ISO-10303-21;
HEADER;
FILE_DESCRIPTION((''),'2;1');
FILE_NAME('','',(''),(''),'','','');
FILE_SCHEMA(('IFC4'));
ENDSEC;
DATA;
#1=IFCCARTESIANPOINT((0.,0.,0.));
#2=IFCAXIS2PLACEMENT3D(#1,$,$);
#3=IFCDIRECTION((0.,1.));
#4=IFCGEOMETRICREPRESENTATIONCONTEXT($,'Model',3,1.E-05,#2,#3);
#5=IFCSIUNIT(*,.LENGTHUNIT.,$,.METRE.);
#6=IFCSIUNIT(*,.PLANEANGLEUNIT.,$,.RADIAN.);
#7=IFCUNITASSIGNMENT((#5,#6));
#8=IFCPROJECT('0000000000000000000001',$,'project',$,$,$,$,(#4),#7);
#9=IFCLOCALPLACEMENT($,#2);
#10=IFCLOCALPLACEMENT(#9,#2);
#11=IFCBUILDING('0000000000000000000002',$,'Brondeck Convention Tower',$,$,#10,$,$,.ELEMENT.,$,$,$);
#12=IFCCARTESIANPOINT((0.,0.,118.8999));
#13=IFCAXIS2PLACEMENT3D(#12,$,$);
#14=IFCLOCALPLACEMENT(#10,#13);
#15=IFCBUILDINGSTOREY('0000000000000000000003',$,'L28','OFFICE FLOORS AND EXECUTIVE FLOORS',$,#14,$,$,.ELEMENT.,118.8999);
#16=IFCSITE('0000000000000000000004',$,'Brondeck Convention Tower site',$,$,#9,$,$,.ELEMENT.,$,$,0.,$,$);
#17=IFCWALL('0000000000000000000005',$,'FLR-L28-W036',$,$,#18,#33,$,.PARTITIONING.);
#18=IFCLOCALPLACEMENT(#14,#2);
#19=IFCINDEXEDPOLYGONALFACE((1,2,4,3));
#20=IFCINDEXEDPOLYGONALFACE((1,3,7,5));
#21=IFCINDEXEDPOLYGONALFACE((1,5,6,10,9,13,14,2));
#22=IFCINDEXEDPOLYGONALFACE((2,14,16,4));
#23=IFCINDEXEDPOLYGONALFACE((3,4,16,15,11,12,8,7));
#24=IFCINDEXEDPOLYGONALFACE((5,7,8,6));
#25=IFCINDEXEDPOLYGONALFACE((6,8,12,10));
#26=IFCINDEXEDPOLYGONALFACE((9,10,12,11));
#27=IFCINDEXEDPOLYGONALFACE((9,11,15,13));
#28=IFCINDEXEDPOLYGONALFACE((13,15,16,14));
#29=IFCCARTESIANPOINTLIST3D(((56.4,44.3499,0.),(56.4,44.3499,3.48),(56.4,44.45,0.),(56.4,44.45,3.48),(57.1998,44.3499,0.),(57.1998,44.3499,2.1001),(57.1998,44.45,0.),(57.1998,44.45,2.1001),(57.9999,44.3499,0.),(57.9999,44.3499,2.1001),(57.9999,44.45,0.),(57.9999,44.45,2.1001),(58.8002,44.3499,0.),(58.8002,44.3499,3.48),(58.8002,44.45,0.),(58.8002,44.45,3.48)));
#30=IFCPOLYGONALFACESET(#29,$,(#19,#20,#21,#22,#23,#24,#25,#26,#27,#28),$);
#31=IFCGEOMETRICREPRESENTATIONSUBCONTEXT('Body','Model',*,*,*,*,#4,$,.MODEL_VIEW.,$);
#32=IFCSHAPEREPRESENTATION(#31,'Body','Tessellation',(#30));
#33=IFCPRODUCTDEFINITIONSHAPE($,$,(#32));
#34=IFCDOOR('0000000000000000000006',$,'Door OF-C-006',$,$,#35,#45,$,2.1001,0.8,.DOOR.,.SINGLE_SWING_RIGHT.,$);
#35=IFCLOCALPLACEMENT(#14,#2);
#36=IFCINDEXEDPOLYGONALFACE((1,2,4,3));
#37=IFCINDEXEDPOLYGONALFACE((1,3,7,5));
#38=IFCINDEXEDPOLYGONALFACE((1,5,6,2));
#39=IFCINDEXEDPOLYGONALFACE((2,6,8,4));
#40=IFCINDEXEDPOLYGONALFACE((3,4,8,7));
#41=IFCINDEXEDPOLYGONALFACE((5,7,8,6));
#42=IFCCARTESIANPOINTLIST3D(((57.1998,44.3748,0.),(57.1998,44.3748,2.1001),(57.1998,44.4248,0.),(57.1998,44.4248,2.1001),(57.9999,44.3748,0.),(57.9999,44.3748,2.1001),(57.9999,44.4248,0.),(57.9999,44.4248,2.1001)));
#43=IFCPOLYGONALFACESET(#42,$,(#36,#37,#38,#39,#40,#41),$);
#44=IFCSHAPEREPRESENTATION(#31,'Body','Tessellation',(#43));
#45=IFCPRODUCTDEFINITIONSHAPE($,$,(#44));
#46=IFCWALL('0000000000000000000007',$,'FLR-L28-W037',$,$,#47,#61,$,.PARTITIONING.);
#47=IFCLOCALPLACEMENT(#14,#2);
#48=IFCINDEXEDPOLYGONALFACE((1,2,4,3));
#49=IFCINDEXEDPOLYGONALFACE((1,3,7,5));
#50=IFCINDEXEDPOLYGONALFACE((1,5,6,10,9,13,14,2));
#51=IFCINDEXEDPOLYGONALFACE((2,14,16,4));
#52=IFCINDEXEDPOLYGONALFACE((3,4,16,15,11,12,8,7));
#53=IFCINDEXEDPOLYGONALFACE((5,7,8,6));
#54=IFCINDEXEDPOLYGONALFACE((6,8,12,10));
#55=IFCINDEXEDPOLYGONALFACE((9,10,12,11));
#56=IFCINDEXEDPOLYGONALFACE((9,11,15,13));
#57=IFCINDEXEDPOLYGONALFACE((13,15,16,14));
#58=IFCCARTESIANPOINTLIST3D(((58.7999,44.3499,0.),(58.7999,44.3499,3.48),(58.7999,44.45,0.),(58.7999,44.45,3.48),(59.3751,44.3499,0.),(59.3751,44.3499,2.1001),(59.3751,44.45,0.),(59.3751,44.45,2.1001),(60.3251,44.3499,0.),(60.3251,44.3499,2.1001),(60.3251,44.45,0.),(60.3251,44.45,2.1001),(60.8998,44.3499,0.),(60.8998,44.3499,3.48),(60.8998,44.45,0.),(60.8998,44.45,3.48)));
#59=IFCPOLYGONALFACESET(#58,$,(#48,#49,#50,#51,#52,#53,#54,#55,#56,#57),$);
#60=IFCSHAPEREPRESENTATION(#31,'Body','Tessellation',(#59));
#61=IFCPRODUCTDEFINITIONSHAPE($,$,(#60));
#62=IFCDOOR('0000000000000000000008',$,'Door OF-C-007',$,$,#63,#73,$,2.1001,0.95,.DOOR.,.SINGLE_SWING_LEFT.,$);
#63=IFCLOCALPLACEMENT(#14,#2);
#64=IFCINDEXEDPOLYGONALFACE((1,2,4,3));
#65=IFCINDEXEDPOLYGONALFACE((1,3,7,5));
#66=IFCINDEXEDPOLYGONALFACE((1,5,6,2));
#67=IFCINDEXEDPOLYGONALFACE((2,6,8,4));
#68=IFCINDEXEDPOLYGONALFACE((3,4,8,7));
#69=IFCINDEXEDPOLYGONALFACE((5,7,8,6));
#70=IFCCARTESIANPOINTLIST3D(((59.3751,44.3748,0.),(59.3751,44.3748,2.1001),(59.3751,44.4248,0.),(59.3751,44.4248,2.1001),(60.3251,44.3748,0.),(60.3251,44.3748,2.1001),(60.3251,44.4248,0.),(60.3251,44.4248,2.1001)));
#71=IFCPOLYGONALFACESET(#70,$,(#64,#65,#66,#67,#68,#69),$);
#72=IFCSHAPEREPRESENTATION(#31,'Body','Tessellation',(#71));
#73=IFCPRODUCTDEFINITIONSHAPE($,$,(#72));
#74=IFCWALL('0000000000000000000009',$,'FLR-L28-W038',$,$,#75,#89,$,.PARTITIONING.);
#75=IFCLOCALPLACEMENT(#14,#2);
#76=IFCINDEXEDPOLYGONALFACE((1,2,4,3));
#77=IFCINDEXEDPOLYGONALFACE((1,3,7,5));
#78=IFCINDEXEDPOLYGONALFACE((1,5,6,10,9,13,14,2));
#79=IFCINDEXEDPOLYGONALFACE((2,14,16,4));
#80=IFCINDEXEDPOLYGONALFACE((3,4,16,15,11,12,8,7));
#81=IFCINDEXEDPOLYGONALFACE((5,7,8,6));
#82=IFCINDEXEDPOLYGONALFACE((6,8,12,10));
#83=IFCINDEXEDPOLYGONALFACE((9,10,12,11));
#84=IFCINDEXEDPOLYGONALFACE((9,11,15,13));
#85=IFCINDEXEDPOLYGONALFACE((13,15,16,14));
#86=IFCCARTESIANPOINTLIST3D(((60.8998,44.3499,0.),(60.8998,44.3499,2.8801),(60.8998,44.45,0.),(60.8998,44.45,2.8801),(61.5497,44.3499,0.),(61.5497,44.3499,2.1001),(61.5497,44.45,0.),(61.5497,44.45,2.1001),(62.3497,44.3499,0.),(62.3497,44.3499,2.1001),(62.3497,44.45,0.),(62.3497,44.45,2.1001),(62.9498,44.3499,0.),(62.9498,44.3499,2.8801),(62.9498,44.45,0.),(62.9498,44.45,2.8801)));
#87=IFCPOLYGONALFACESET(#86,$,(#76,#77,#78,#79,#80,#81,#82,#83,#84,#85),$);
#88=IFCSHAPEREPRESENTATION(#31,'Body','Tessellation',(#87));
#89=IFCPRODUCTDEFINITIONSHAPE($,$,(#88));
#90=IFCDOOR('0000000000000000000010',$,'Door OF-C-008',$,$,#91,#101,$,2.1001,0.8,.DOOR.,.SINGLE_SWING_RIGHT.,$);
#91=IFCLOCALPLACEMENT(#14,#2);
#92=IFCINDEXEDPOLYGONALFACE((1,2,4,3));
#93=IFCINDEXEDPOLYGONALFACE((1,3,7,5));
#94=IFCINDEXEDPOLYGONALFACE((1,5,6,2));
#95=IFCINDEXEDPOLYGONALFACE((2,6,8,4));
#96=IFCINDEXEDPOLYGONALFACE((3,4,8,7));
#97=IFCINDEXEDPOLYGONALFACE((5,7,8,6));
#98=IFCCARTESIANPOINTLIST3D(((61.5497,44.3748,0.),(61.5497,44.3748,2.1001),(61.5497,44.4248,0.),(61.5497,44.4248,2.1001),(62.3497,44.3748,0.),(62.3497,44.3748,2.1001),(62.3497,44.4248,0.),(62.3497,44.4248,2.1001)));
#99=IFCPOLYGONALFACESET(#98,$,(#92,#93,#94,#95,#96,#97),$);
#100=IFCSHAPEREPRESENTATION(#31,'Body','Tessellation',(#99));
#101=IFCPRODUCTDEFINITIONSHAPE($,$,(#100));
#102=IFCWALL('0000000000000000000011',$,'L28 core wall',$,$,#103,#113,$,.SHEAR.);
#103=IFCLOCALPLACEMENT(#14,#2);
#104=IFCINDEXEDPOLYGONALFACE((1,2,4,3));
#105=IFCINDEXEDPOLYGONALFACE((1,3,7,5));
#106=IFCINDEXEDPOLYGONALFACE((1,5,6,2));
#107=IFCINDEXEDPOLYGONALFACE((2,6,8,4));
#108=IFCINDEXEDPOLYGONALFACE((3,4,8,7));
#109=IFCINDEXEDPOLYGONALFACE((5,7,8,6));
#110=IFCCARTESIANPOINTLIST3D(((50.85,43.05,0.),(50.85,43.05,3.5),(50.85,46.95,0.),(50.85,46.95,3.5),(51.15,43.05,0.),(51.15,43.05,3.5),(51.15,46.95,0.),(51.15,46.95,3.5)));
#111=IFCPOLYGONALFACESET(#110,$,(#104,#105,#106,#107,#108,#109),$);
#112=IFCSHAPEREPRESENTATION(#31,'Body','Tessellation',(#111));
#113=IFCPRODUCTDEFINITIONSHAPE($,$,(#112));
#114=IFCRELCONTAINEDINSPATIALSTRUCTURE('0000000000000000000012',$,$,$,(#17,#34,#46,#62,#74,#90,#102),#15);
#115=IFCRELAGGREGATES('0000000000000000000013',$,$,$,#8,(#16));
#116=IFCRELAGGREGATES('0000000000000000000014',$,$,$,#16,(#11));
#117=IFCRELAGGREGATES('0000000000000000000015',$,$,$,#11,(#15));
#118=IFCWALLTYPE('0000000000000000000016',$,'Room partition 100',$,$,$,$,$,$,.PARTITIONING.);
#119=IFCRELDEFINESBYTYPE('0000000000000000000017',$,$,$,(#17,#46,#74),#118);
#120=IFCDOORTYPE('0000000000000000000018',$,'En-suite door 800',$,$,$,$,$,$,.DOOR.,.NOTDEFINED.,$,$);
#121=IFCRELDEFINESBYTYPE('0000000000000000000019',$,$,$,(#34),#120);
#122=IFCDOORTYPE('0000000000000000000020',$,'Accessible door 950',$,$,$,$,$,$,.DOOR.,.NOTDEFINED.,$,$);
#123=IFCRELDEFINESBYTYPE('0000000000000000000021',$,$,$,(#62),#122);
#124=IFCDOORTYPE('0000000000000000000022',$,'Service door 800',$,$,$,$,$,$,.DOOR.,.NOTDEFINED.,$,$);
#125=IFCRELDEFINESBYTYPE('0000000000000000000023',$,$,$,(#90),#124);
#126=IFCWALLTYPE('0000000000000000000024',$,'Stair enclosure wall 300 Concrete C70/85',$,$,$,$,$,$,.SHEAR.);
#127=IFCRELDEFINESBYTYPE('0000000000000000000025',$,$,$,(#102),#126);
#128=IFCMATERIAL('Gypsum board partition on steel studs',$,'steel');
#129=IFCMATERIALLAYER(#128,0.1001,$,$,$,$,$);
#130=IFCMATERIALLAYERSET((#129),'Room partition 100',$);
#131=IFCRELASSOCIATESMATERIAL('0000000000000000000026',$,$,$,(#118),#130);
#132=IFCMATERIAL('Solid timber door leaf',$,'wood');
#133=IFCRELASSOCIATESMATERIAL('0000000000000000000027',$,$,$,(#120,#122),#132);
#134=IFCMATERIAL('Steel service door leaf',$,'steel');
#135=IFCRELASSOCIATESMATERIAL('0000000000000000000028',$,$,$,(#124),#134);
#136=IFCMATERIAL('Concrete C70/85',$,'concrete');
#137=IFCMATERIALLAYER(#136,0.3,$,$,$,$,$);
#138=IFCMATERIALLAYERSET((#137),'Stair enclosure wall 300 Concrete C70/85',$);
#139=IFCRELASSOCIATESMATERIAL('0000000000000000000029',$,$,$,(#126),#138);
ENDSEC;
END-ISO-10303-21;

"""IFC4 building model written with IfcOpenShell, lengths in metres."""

from ifc_helpers import new_model, si_unit, direction, frame, frame_2d, origin, place, context, subcontext, project, spatial, rectangle, extrude, material, layer, layer_set, type_object, element, fill, save


model = new_model("IFC4")

# Units and contexts
model_context = context("Model", 3, precision=1e-05, world=origin(), true_north=direction((0.0, 1.0)))
body_context = subcontext(model_context, "Body", "Model", "MODEL_VIEW")
ifc_project = project(units=[si_unit("LENGTHUNIT", "METRE"), si_unit("PLANEANGLEUNIT", "RADIAN")], contexts=[model_context])

# Site, building, storey
site_placement = place(None, origin())
site = spatial("IfcSite", under=ifc_project, at=site_placement, Name="Brondeck Convention Tower site", CompositionType="ELEMENT", RefElevation=0.0)
building_placement = place(site_placement, origin())
building = spatial("IfcBuilding", under=site, at=building_placement, Name="Brondeck Convention Tower", CompositionType="ELEMENT")
storey_placement = place(building_placement, frame((0.0, 0.0, 118.8999)))
storey = spatial("IfcBuildingStorey", under=building, at=storey_placement, Name="L28", Description="OFFICE FLOORS AND EXECUTIVE FLOORS", CompositionType="ELEMENT", Elevation=118.8999)

# Shared definitions
ifc_material_1 = material(Name="Concrete C70/85", Category="concrete")

# Shared definitions
ifc_material_2 = material(Name="Gypsum board partition on steel studs", Category="steel")
ifc_layer_1 = layer(ifc_material_2, 0.1001)
ifc_layer_set_1 = layer_set([ifc_layer_1], Name="Room partition 100")
wall_type_1 = type_object("IfcWallType", Name="Room partition 100", PredefinedType="PARTITIONING", material=ifc_layer_set_1)
ifc_material_3 = material(Name="Solid timber door leaf", Category="wood")

# Walls, openings, doors
wall_1_placement = place(storey_placement, frame((56.3999, 44.3999, 0.0), z_axis=(0.0, 0.0, 1.0), x_axis=(1.0, 0.0, 0.0)))
wall_1 = element("IfcWall", 1, at=wall_1_placement, inside=storey, type_object=wall_type_1, Name="FLR-L28-W036", PredefinedType="PARTITIONING", context=body_context, shape_type="SweptSolid", body=[
    extrude(rectangle(XDim=2.4001, YDim=0.1001, at=frame_2d((1.2002, 0.0))), origin(), (0.0, 0.0, 1.0), 3.48),
])
opening_1_placement = place(wall_1_placement, frame((0.8, 0.0, 0.0)))
opening_1 = element("IfcOpeningElement", 2, at=opening_1_placement, cuts=wall_1, PredefinedType="OPENING", context=body_context, shape_type="SweptSolid", body=[
    extrude(rectangle(XDim=0.8, YDim=2.1001, at=frame_2d((0.3999, 1.05))), frame((0.0, 0.0601, 0.0), z_axis=(0.0, -1.0, 0.0), x_axis=(1.0, 0.0, 0.0)), (0.0, 0.0, 1.0), 0.1201),
])
door_type_1 = type_object("IfcDoorType", Name="En-suite door 800", OperationType="NOTDEFINED", PredefinedType="DOOR", material=ifc_material_3)
door_1_placement = place(opening_1_placement, origin())
door_1 = element("IfcDoor", 3, at=door_1_placement, inside=storey, type_object=door_type_1, Name="Door OF-C-006", OperationType="SINGLE_SWING_RIGHT", OverallHeight=2.1001, OverallWidth=0.8, PredefinedType="DOOR", context=body_context, shape_type="SweptSolid", body=[
    extrude(rectangle(XDim=0.8, YDim=2.1001, at=frame_2d((0.3999, 1.05))), frame((0.0, 0.0249, 0.0), z_axis=(0.0, -1.0, 0.0), x_axis=(1.0, 0.0, 0.0)), (0.0, 0.0, 1.0), 0.05),
])
fill(opening_1, door_1)
wall_2_placement = place(storey_placement, frame((58.8, 44.3999, 0.0), z_axis=(0.0, 0.0, 1.0), x_axis=(1.0, 0.0, 0.0)))
wall_2 = element("IfcWall", 4, at=wall_2_placement, inside=storey, type_object=wall_type_1, Name="FLR-L28-W037", PredefinedType="PARTITIONING", context=body_context, shape_type="SweptSolid", body=[
    extrude(rectangle(XDim=2.0999, YDim=0.1001, at=frame_2d((1.0498, 0.0))), origin(), (0.0, 0.0, 1.0), 3.48),
])
opening_2_placement = place(wall_2_placement, frame((0.575, 0.0, 0.0)))
opening_2 = element("IfcOpeningElement", 5, at=opening_2_placement, cuts=wall_2, PredefinedType="OPENING", context=body_context, shape_type="SweptSolid", body=[
    extrude(rectangle(XDim=0.95, YDim=2.1001, at=frame_2d((0.4751, 1.05))), frame((0.0, 0.0601, 0.0), z_axis=(0.0, -1.0, 0.0), x_axis=(1.0, 0.0, 0.0)), (0.0, 0.0, 1.0), 0.1201),
])
door_type_2 = type_object("IfcDoorType", Name="Accessible door 950", OperationType="NOTDEFINED", PredefinedType="DOOR", material=ifc_material_3)
door_2_placement = place(opening_2_placement, origin())
door_2 = element("IfcDoor", 6, at=door_2_placement, inside=storey, type_object=door_type_2, Name="Door OF-C-007", OperationType="SINGLE_SWING_LEFT", OverallHeight=2.1001, OverallWidth=0.95, PredefinedType="DOOR", context=body_context, shape_type="SweptSolid", body=[
    extrude(rectangle(XDim=0.95, YDim=2.1001, at=frame_2d((0.4751, 1.05))), frame((0.0, 0.0249, 0.0), z_axis=(0.0, -1.0, 0.0), x_axis=(1.0, 0.0, 0.0)), (0.0, 0.0, 1.0), 0.05),
])
fill(opening_2, door_2)
wall_3_placement = place(storey_placement, frame((60.8999, 44.3999, 0.0), z_axis=(0.0, 0.0, 1.0), x_axis=(1.0, 0.0, 0.0)))
wall_3 = element("IfcWall", 7, at=wall_3_placement, inside=storey, type_object=wall_type_1, Name="FLR-L28-W038", PredefinedType="PARTITIONING", context=body_context, shape_type="SweptSolid", body=[
    extrude(rectangle(XDim=2.05, YDim=0.1001, at=frame_2d((1.0249, 0.0))), origin(), (0.0, 0.0, 1.0), 2.8801),
])
opening_3_placement = place(wall_3_placement, frame((0.6499, 0.0, 0.0)))
opening_3 = element("IfcOpeningElement", 8, at=opening_3_placement, cuts=wall_3, PredefinedType="OPENING", context=body_context, shape_type="SweptSolid", body=[
    extrude(rectangle(XDim=0.8, YDim=2.1001, at=frame_2d((0.3999, 1.05))), frame((0.0, 0.0601, 0.0), z_axis=(0.0, -1.0, 0.0), x_axis=(1.0, 0.0, 0.0)), (0.0, 0.0, 1.0), 0.1201),
])
ifc_material_4 = material(Name="Steel service door leaf", Category="steel")
door_type_3 = type_object("IfcDoorType", Name="Service door 800", OperationType="NOTDEFINED", PredefinedType="DOOR", material=ifc_material_4)
door_3_placement = place(opening_3_placement, origin())
door_3 = element("IfcDoor", 9, at=door_3_placement, inside=storey, type_object=door_type_3, Name="Door OF-C-008", OperationType="SINGLE_SWING_RIGHT", OverallHeight=2.1001, OverallWidth=0.8, PredefinedType="DOOR", context=body_context, shape_type="SweptSolid", body=[
    extrude(rectangle(XDim=0.8, YDim=2.1001, at=frame_2d((0.3999, 1.05))), frame((0.0, 0.0249, 0.0), z_axis=(0.0, -1.0, 0.0), x_axis=(1.0, 0.0, 0.0)), (0.0, 0.0, 1.0), 0.05),
])
fill(opening_3, door_3)

# Wall
ifc_layer_2 = layer(ifc_material_1, 0.3)
ifc_layer_set_2 = layer_set([ifc_layer_2], Name="Stair enclosure wall 300 Concrete C70/85")
wall_type_2 = type_object("IfcWallType", Name="Stair enclosure wall 300 Concrete C70/85", PredefinedType="SHEAR", material=ifc_layer_set_2)
wall_4_placement = place(storey_placement, frame((51.0, 43.05, 0.0), z_axis=(0.0, 0.0, 1.0), x_axis=(0.0, 1.0, 0.0)))
element("IfcWall", 10, at=wall_4_placement, inside=storey, type_object=wall_type_2, Name="L28 core wall", PredefinedType="SHEAR", context=body_context, shape_type="SweptSolid", body=[
    extrude(rectangle(XDim=3.8999, YDim=0.3, at=frame_2d((1.95, 0.0))), origin(), (0.0, 0.0, 1.0), 3.5),
])

save(model, "model.ifc")
